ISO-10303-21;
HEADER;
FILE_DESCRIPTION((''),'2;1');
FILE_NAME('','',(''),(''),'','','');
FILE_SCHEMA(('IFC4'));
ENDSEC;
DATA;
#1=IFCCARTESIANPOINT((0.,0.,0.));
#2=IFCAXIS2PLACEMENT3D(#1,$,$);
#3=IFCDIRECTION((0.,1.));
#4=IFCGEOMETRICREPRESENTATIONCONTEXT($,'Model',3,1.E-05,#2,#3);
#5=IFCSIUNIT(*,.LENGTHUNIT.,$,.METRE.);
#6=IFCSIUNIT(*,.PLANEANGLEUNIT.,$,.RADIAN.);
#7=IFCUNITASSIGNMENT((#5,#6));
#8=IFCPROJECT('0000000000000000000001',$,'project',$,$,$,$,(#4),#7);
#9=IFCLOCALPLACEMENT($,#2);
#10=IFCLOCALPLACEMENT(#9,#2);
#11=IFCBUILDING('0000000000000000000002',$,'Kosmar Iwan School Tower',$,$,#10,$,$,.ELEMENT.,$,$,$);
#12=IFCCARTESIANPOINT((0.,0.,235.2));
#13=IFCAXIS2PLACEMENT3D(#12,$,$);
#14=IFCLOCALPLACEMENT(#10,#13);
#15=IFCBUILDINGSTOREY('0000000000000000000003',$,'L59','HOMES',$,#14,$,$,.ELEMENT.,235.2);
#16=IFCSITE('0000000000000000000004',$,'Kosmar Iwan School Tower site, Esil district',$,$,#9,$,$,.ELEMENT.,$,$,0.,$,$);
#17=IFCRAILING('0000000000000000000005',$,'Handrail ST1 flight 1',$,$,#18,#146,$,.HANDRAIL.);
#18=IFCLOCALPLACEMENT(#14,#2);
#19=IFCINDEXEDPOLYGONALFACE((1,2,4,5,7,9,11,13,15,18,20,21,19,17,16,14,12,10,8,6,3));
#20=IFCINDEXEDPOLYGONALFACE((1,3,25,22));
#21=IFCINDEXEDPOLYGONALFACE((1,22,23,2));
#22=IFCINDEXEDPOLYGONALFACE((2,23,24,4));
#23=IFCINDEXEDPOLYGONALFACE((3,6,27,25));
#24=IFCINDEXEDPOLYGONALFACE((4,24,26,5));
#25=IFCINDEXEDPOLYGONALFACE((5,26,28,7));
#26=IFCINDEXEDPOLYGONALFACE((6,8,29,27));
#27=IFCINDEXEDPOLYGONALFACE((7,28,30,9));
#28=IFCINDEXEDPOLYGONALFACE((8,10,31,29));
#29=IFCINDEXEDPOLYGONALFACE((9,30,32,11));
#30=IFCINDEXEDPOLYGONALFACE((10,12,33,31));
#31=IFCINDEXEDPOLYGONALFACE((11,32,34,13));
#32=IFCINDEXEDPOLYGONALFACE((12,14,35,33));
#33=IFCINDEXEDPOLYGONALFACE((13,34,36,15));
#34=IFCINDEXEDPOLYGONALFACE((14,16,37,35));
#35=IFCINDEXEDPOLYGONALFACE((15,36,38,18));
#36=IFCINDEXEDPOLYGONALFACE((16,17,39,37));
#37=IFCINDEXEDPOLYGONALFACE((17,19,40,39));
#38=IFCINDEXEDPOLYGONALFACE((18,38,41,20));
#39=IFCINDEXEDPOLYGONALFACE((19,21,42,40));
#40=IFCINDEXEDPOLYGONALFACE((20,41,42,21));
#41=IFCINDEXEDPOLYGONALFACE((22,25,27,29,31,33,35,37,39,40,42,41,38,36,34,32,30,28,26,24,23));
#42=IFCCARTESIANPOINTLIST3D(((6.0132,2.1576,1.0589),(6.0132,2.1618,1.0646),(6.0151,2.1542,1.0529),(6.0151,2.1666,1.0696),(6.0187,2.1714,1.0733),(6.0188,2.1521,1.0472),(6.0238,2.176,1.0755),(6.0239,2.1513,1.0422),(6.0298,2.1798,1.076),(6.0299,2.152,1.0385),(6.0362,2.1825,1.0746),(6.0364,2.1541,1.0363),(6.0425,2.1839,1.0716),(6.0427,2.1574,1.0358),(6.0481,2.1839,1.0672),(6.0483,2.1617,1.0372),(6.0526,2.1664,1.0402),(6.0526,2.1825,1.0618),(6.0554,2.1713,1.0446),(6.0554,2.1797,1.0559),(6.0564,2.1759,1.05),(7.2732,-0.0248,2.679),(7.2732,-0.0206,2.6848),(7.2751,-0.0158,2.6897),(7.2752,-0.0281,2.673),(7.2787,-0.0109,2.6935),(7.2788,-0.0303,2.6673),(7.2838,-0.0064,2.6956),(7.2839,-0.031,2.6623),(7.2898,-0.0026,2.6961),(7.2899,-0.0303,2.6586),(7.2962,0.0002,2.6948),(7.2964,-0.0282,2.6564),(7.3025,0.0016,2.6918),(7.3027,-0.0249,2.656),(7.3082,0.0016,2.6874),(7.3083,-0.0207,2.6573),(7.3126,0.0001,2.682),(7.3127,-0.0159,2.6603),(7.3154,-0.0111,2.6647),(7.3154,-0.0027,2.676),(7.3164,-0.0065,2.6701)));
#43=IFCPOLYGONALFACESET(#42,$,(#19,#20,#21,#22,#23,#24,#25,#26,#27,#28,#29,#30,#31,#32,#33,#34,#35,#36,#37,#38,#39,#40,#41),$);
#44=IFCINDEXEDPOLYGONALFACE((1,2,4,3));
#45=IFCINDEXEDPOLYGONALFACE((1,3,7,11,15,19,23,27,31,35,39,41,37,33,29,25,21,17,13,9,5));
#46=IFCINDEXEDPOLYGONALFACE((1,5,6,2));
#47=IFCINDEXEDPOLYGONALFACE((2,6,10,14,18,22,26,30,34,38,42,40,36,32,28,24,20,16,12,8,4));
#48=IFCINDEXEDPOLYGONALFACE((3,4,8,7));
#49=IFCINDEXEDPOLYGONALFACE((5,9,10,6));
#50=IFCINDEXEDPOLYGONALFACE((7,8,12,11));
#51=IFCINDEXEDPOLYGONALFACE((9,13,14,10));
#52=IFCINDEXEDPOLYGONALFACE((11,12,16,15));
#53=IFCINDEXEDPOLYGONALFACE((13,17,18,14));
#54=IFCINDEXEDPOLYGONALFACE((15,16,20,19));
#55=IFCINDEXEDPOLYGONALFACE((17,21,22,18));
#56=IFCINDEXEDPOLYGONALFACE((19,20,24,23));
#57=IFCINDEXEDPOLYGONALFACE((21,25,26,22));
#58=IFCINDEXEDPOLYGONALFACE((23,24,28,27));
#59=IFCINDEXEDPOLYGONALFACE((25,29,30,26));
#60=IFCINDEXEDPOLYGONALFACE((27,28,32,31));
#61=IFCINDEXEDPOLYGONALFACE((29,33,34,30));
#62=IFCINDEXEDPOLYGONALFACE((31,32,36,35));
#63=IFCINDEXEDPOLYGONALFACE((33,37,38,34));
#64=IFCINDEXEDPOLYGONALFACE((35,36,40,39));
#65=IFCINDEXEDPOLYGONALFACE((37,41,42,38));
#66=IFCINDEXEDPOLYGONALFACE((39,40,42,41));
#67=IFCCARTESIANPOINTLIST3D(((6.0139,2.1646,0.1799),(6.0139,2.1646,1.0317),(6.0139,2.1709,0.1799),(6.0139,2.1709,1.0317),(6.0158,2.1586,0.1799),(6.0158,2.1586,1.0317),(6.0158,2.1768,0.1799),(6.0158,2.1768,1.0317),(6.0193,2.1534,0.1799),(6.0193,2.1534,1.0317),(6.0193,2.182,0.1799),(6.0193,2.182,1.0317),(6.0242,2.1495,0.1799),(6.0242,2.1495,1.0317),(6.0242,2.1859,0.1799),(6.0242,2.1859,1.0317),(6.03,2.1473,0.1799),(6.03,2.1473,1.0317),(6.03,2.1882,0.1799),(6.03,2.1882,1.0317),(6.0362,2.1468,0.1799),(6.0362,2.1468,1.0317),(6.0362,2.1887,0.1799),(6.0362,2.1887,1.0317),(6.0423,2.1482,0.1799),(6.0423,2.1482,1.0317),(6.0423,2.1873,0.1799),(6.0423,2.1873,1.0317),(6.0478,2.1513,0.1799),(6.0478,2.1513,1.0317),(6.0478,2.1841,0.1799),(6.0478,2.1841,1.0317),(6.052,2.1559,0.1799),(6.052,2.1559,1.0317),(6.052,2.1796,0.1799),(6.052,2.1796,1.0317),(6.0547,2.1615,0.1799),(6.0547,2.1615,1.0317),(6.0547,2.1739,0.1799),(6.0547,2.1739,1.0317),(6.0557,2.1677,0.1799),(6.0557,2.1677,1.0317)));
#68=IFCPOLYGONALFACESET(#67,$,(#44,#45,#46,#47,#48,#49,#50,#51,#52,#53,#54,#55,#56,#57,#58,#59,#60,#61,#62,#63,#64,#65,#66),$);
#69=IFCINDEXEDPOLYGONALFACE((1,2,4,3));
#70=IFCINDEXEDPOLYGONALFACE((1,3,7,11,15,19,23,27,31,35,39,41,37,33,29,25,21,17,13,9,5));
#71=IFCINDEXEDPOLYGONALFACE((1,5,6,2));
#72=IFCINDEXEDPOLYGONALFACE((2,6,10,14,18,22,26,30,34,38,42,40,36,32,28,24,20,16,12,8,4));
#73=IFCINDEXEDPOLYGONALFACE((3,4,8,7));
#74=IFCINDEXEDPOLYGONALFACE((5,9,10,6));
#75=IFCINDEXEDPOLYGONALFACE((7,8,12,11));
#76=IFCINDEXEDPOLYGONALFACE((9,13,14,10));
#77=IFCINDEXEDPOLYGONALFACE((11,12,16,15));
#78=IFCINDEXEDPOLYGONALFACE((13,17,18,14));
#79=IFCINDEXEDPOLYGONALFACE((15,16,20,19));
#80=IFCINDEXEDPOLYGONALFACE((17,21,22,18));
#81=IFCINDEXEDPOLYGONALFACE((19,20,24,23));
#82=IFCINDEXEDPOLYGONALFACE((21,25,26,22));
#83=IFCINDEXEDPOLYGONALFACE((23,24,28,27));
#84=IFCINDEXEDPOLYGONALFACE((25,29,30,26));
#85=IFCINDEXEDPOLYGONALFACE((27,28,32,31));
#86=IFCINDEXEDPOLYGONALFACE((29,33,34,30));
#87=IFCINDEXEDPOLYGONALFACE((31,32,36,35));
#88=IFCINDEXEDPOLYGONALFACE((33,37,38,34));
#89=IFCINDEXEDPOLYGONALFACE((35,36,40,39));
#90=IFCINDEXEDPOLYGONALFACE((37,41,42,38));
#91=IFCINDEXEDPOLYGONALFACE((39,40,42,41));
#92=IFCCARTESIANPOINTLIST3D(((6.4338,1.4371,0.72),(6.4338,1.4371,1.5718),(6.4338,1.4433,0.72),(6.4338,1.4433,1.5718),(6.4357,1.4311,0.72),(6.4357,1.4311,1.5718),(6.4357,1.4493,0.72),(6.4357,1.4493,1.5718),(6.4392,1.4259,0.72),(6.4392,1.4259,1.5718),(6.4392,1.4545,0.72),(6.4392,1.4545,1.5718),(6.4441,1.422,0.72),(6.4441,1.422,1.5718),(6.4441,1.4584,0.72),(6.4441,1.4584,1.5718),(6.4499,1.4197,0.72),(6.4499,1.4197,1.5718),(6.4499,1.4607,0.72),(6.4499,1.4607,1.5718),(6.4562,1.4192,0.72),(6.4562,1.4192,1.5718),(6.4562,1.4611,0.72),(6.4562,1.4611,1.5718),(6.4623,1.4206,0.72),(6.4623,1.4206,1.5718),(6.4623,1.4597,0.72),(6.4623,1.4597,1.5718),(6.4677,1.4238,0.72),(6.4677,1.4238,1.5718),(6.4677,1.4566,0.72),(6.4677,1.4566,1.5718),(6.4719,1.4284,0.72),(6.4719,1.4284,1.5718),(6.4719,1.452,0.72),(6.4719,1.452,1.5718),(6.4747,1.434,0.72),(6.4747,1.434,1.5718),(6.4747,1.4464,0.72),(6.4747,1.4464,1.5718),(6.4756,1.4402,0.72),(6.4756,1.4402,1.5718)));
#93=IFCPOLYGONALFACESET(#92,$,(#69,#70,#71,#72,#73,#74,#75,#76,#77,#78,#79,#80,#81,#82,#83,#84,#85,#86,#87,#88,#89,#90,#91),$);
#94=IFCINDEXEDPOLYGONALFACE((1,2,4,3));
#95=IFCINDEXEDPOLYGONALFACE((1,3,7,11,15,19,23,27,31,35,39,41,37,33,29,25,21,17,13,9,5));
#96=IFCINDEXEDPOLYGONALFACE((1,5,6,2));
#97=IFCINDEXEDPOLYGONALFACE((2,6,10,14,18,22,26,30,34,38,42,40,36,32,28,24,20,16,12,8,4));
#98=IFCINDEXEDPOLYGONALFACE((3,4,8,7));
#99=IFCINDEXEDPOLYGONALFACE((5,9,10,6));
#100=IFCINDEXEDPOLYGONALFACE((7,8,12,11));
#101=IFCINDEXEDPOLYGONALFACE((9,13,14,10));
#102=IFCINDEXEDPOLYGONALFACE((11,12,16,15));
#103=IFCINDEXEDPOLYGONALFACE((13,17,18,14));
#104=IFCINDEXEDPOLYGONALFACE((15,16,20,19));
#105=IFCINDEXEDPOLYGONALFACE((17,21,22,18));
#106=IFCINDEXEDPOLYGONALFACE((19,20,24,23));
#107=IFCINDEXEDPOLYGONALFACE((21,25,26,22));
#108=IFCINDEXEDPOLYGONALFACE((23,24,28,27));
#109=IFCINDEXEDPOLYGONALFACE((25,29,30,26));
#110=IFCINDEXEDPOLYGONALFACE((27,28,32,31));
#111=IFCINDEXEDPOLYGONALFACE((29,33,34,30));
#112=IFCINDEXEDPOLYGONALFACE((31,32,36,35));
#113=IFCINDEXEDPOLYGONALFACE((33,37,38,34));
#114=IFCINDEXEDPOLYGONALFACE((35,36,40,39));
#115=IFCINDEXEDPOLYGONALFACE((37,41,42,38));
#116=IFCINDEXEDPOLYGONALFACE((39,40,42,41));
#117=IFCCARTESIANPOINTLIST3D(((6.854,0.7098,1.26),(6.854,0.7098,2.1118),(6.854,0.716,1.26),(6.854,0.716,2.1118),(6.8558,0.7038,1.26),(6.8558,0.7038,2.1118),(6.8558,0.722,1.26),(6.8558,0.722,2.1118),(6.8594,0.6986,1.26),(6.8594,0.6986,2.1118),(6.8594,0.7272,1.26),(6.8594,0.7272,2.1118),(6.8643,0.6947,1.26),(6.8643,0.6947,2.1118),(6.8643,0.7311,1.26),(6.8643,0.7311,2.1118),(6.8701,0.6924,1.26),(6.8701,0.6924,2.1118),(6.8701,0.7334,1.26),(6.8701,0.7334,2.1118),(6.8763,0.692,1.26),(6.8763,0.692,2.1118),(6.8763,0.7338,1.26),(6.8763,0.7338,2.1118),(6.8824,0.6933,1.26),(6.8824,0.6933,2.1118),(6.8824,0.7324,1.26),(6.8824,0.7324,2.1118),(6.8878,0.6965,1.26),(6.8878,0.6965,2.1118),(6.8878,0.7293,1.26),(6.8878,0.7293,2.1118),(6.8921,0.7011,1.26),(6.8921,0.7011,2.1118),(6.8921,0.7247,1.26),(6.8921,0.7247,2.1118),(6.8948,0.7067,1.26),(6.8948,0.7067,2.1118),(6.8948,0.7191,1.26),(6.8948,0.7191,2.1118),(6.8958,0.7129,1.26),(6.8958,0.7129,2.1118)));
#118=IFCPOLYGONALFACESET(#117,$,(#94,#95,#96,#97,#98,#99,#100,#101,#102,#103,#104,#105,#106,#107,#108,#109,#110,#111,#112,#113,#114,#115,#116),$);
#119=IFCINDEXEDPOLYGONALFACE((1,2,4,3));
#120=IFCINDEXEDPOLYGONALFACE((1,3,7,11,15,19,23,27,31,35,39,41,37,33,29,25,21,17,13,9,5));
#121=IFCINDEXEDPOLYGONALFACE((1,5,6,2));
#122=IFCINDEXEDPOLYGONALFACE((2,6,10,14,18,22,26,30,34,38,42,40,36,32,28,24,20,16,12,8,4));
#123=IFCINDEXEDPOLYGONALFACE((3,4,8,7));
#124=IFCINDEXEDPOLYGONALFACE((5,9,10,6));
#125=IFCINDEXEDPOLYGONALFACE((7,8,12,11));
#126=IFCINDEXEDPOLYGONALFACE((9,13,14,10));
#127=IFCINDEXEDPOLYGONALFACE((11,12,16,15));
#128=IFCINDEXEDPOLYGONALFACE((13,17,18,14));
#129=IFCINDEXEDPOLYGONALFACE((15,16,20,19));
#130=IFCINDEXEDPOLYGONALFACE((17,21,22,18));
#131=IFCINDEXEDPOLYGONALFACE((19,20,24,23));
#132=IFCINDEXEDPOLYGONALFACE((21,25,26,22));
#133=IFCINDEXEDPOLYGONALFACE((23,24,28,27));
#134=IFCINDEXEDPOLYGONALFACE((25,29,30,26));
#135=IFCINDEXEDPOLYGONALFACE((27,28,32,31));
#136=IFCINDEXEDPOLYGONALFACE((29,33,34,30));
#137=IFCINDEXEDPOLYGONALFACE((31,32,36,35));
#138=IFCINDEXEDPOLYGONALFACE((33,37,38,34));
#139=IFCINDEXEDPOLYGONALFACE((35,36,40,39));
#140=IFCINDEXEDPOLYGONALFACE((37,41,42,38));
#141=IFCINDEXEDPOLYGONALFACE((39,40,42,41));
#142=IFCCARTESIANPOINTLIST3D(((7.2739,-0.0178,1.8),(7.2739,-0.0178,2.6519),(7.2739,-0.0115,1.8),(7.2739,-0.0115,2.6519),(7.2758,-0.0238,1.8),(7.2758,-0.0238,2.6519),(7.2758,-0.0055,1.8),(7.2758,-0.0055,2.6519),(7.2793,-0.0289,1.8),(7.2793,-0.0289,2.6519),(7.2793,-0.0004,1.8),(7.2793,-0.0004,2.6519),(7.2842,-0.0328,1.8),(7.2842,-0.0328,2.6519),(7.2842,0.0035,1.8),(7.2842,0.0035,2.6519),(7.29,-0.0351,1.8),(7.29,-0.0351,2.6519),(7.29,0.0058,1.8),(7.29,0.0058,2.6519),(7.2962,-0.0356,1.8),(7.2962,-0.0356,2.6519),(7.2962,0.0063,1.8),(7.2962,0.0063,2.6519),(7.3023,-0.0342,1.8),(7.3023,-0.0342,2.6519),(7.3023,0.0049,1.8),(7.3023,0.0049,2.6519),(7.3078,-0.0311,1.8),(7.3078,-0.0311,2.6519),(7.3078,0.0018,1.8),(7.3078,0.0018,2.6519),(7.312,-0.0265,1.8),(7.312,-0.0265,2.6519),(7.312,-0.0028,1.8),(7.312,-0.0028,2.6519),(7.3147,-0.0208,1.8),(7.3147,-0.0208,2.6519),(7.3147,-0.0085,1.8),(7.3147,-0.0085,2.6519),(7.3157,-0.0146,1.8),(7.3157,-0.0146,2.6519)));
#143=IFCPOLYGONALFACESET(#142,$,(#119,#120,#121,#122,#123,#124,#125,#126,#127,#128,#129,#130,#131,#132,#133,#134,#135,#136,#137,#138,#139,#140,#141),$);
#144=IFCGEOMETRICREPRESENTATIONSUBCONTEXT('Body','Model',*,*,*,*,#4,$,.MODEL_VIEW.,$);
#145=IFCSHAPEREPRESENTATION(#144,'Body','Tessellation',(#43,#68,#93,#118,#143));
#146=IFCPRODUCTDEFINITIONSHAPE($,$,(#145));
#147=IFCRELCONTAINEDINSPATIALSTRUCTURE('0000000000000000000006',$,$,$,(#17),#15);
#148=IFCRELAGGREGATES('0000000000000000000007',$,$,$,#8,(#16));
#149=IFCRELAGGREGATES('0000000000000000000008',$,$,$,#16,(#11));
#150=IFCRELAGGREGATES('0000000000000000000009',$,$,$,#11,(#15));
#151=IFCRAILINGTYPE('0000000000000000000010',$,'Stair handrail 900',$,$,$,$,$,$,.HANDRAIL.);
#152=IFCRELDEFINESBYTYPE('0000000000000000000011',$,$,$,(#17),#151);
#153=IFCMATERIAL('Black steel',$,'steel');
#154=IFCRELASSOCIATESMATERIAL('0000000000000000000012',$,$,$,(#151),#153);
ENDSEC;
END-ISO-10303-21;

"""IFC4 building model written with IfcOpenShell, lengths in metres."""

from ifc_helpers import new_model, si_unit, direction, frame, origin, origin_2d, place, context, subcontext, project, spatial, circle, extrude, material, type_object, element, save


model = new_model("IFC4")

# Units and contexts
model_context = context("Model", 3, precision=1e-05, world=origin(), true_north=direction((0.0, 1.0)))
body_context = subcontext(model_context, "Body", "Model", "MODEL_VIEW")
ifc_project = project(units=[si_unit("LENGTHUNIT", "METRE"), si_unit("PLANEANGLEUNIT", "RADIAN")], contexts=[model_context])

# Site, building, storey
site_placement = place(None, origin())
site = spatial("IfcSite", under=ifc_project, at=site_placement, Name="Kosmar Iwan School Tower site, Esil district", CompositionType="ELEMENT", RefElevation=0.0)
building_placement = place(site_placement, origin())
building = spatial("IfcBuilding", under=site, at=building_placement, Name="Kosmar Iwan School Tower", CompositionType="ELEMENT")
storey_placement = place(building_placement, frame((0.0, 0.0, 235.2)))
storey = spatial("IfcBuildingStorey", under=building, at=storey_placement, Name="L59", Description="HOMES", CompositionType="ELEMENT", Elevation=235.2)

# Railing
ifc_material_1 = material(Name="Black steel", Category="steel")
railing_type = type_object("IfcRailingType", Name="Stair handrail 900", PredefinedType="HANDRAIL", material=ifc_material_1)
railing_placement = place(storey_placement, frame((6.0347, 2.1677, 0.1799)))
element("IfcRailing", 1, at=railing_placement, inside=storey, type_object=railing_type, Name="Handrail ST1 flight 1", PredefinedType="HANDRAIL", context=body_context, shape_type="SweptSolid", body=[
    extrude(circle(Radius=0.0239, at=origin_2d()), frame((0.0, 0.0, 0.876), z_axis=(0.420584, -0.728464, 0.540786), x_axis=(0.866023, 0.500005, 0.0)), (0.0, 0.0, 1.0), 2.9958),
    extrude(circle(Radius=0.021, at=origin_2d()), origin(), (0.0, 0.0, 1.0), 0.8518),
    extrude(circle(Radius=0.021, at=origin_2d()), frame((0.4199, -0.7275, 0.54)), (0.0, 0.0, 1.0), 0.8518),
    extrude(circle(Radius=0.021, at=origin_2d()), frame((0.8401, -1.4548, 1.0801)), (0.0, 0.0, 1.0), 0.8518),
    extrude(circle(Radius=0.021, at=origin_2d()), frame((1.26, -2.1824, 1.6201)), (0.0, 0.0, 1.0), 0.8518),
])

save(model, "model.ifc")
